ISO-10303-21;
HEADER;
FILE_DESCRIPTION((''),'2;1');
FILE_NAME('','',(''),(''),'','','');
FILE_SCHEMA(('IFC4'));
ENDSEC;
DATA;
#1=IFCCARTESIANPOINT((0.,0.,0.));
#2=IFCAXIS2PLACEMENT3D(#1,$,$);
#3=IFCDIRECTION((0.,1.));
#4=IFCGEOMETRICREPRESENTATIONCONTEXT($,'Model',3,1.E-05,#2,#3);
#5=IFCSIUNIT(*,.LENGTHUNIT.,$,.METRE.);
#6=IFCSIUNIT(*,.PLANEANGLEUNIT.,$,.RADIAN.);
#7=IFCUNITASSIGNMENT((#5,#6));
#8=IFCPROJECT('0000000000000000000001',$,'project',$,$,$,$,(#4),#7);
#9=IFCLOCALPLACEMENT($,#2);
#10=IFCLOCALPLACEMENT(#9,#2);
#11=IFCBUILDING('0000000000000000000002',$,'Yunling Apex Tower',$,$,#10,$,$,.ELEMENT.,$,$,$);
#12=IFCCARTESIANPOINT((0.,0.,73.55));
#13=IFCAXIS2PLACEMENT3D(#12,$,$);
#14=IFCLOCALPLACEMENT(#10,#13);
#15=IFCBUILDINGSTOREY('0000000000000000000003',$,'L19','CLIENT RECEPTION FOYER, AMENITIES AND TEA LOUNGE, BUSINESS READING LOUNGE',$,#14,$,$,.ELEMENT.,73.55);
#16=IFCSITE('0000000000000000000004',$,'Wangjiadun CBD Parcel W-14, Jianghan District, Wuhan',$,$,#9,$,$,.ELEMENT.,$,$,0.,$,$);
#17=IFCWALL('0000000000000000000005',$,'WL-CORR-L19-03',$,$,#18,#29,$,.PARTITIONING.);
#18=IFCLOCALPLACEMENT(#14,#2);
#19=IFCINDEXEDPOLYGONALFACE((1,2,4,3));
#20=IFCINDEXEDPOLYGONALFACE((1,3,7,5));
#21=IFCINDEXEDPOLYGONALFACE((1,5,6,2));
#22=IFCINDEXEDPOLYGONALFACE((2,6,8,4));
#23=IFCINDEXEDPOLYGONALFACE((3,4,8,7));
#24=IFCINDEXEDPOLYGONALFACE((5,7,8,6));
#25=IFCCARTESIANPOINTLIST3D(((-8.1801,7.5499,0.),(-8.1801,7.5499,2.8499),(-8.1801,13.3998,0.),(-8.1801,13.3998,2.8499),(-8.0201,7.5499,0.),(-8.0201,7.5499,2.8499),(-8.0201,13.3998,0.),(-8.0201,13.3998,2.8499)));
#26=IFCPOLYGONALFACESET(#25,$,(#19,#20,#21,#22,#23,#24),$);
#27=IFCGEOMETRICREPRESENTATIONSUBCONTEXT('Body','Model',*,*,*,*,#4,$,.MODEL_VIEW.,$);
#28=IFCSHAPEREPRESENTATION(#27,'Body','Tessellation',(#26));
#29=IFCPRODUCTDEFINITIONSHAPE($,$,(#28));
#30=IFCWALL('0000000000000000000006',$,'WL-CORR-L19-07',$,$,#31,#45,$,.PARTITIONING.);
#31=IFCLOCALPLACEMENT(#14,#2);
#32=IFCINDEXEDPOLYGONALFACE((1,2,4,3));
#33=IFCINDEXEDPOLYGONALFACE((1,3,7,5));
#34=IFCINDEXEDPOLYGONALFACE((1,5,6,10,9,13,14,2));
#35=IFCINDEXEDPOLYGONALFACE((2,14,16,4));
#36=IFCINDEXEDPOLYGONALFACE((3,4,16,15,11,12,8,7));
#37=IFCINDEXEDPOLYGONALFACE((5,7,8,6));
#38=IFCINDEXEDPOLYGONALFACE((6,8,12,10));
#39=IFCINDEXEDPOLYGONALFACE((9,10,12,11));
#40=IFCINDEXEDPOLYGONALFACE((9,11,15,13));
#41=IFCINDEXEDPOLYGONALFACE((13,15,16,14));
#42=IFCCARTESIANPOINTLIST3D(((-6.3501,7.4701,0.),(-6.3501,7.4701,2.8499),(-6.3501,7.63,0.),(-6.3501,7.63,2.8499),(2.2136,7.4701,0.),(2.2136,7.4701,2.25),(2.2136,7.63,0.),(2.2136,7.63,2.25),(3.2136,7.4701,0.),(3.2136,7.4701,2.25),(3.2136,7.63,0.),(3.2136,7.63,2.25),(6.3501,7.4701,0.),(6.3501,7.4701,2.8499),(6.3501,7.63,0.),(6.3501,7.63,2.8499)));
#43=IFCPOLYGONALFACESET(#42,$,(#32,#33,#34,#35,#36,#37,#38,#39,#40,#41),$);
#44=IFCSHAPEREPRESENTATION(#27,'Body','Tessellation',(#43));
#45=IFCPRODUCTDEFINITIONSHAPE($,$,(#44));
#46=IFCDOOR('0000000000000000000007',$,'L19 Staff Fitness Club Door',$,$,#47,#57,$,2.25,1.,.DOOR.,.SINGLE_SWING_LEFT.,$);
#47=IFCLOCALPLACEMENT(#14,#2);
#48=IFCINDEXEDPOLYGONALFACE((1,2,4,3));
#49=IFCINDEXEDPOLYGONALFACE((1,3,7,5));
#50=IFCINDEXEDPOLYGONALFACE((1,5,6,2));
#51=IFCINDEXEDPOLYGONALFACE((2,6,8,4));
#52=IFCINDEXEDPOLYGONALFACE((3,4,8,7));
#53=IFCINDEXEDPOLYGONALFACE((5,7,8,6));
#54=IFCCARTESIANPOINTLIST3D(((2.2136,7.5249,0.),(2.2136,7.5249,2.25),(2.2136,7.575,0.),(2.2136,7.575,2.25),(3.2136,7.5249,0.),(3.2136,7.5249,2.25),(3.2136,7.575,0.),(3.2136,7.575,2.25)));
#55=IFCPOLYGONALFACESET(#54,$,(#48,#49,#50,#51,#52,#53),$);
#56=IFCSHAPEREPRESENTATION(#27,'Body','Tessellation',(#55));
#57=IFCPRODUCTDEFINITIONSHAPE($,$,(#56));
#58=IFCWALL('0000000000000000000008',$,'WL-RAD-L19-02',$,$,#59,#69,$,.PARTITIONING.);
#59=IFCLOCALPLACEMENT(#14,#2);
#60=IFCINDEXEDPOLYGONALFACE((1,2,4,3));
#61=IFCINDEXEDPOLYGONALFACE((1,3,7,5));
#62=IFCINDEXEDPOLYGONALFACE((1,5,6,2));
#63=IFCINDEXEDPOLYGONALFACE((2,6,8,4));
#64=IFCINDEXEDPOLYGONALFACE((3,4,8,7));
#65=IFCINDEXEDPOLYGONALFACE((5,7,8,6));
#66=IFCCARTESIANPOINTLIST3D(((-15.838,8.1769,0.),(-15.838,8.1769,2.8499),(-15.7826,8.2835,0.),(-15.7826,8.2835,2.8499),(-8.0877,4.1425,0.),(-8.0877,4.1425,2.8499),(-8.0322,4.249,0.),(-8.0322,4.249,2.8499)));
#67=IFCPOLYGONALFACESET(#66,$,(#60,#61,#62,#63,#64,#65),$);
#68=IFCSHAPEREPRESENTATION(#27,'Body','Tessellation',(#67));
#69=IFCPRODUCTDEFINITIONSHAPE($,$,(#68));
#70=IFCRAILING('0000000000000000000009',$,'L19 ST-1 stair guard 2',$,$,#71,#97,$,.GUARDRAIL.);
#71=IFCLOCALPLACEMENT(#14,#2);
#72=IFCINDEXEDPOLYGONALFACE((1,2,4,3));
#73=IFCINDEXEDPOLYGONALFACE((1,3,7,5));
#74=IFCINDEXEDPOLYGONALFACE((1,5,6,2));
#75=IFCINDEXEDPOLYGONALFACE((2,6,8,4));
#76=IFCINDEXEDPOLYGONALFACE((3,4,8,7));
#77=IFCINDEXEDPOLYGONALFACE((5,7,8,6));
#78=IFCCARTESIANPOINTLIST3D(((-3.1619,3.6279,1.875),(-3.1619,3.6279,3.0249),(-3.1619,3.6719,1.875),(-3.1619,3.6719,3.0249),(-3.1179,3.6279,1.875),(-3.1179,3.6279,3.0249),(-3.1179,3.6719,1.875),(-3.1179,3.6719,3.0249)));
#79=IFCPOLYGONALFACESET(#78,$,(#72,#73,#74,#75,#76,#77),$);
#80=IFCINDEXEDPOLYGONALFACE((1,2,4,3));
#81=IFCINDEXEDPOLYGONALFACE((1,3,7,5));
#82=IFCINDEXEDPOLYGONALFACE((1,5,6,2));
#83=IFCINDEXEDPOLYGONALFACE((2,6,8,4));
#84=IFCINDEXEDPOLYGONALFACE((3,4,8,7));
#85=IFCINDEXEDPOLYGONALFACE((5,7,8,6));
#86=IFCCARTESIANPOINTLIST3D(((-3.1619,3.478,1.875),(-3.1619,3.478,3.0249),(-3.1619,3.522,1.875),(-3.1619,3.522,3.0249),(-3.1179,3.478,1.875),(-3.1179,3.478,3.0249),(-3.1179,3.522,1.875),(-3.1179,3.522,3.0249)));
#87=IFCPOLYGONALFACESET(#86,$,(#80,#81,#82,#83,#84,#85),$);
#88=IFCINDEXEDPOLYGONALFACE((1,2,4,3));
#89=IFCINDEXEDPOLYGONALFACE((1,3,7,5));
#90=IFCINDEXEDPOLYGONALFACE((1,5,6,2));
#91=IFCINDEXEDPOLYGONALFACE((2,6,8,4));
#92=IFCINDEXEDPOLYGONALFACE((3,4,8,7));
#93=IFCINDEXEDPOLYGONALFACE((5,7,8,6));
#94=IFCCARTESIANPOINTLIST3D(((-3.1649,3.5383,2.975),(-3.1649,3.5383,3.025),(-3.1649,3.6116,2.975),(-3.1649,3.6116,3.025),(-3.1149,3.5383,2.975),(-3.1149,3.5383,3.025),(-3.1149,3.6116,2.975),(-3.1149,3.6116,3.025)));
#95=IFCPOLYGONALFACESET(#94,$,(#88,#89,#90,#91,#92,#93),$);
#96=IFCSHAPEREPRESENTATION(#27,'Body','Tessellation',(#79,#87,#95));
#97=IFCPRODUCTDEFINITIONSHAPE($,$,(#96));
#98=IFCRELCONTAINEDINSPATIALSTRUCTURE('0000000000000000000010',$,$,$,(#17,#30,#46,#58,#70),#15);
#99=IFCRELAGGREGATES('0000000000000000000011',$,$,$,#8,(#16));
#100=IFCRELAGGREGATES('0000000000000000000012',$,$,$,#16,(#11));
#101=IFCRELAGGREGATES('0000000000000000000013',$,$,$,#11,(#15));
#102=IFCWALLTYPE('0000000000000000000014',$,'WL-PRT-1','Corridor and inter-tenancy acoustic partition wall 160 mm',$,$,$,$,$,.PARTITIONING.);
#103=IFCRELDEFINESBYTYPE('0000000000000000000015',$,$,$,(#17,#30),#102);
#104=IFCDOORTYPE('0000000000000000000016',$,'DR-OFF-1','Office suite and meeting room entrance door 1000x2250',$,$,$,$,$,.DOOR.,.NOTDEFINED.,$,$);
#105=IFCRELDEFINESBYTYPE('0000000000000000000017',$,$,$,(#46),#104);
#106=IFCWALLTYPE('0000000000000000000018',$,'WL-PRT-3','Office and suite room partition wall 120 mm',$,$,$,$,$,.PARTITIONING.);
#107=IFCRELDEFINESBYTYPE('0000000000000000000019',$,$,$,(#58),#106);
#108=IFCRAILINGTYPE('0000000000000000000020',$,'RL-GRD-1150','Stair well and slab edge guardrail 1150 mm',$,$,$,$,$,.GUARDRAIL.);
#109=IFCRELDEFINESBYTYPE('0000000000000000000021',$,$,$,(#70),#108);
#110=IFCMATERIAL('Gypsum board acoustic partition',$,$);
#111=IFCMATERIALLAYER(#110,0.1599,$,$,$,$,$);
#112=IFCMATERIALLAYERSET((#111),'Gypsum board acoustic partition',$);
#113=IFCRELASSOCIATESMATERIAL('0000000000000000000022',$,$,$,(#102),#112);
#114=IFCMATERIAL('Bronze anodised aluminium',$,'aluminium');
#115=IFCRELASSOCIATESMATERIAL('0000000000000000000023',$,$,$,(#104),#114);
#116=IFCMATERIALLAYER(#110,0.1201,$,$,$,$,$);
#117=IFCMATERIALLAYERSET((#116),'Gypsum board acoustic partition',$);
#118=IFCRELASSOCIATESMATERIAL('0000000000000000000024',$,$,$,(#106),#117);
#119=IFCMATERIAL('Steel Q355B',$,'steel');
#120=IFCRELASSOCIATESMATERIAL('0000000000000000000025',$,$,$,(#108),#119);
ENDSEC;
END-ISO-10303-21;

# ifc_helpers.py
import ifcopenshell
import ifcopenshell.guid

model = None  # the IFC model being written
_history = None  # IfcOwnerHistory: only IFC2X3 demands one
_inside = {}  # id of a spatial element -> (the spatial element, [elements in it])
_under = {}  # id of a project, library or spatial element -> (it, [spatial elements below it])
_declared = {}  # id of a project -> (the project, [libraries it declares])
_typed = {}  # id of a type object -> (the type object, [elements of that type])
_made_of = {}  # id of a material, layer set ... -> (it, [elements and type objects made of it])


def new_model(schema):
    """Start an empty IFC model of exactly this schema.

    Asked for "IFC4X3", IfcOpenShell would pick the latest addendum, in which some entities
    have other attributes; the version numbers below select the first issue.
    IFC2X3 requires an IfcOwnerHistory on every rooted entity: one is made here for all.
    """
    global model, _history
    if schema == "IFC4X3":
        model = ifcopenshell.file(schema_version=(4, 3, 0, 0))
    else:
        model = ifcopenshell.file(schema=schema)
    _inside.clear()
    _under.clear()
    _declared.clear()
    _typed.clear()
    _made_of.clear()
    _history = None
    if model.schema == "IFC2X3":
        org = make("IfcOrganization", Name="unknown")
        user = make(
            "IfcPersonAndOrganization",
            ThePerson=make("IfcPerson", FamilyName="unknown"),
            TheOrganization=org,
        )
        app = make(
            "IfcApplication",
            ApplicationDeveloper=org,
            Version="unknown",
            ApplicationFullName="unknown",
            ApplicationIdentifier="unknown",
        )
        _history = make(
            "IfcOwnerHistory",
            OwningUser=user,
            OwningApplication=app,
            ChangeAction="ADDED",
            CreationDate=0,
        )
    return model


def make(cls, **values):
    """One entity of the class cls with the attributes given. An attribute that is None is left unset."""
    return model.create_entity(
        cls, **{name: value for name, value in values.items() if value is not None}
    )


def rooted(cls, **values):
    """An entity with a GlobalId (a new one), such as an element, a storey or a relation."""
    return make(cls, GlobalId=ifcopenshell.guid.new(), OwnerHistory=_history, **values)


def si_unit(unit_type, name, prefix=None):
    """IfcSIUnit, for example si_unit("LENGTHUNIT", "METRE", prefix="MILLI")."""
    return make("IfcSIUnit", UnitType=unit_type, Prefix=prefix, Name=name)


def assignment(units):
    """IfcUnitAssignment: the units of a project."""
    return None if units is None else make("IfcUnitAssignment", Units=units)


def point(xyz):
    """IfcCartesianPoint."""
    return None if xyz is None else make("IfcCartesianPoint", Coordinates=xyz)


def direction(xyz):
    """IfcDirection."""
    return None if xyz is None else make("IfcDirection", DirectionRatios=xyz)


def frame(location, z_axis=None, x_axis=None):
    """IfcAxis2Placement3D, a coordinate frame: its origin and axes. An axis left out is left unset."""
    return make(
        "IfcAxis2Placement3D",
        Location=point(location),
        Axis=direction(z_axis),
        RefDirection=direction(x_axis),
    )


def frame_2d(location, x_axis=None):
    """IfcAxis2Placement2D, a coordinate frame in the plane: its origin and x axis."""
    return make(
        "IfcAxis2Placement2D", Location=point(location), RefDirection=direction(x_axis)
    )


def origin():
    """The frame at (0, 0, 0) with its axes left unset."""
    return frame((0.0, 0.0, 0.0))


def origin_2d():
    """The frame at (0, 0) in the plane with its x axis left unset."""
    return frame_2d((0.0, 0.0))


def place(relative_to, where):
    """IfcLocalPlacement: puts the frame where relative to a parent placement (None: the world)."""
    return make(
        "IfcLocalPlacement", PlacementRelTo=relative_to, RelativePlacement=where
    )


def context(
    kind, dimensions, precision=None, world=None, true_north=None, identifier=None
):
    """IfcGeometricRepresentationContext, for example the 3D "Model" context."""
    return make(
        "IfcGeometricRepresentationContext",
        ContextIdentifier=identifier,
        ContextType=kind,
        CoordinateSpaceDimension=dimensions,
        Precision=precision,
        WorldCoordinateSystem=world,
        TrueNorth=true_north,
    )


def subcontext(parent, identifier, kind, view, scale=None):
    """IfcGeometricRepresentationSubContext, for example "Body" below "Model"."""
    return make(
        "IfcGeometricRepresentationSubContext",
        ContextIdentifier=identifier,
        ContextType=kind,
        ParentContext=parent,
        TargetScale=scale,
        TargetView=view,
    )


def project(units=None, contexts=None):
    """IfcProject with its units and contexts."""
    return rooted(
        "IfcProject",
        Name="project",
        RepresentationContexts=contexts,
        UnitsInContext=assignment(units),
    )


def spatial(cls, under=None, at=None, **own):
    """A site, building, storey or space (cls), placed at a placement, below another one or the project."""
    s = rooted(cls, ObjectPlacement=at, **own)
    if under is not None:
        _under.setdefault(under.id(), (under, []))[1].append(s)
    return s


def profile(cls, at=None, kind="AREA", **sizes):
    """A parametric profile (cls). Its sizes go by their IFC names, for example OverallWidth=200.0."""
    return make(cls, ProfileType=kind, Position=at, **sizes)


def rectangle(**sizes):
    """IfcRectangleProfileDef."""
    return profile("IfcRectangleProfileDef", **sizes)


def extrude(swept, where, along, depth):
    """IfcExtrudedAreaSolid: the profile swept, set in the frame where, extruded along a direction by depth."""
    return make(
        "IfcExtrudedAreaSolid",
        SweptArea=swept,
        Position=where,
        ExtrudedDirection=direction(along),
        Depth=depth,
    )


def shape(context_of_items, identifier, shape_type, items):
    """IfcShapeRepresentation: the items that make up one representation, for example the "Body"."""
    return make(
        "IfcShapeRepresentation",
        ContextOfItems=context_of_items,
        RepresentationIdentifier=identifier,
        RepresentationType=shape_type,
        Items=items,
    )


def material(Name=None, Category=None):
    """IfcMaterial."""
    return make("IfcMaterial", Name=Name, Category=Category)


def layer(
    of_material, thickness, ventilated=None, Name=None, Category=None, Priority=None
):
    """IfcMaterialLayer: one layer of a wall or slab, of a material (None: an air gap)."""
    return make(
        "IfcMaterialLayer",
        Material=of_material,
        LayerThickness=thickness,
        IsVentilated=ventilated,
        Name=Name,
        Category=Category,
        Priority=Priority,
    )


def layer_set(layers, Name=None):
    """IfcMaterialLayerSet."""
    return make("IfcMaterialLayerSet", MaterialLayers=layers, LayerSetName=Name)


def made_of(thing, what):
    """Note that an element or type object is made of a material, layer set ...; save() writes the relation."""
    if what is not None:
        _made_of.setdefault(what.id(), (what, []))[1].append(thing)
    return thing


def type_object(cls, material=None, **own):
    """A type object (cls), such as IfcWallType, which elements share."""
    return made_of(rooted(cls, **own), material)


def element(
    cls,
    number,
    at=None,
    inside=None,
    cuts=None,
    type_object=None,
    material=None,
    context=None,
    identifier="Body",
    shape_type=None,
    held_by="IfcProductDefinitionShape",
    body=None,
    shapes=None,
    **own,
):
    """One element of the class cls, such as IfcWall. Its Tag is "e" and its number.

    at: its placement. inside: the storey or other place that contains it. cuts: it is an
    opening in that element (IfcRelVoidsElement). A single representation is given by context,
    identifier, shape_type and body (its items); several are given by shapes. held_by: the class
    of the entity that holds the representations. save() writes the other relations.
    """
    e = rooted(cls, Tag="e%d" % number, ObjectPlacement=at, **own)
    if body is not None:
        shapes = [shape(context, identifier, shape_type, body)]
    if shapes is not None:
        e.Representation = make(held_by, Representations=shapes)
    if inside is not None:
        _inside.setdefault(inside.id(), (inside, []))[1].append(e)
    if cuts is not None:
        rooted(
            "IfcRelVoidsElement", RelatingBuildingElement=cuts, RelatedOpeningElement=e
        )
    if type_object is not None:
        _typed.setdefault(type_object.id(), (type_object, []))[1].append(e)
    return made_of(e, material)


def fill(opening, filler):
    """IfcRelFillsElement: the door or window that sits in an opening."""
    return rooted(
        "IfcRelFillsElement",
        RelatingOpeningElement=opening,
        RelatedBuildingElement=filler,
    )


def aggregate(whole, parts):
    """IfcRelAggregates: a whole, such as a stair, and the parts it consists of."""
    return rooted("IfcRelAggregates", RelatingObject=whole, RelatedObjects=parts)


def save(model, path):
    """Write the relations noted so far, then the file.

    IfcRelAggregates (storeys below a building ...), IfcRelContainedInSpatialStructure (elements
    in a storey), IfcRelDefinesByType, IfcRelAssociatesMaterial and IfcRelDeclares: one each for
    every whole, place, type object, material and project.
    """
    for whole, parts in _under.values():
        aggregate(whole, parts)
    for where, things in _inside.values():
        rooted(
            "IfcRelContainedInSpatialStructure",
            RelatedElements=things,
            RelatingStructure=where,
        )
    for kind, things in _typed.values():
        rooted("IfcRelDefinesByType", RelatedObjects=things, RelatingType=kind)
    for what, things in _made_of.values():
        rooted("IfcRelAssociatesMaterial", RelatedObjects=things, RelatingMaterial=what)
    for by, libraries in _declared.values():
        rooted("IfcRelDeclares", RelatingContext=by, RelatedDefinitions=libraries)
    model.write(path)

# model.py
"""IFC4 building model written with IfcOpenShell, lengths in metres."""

from ifc_helpers import new_model, si_unit, direction, frame, frame_2d, origin, origin_2d, place, context, subcontext, project, spatial, rectangle, extrude, material, layer, layer_set, type_object, element, fill, save


model = new_model("IFC4")

# Units and contexts
model_context = context("Model", 3, precision=1e-05, world=origin(), true_north=direction((0.0, 1.0)))
body_context = subcontext(model_context, "Body", "Model", "MODEL_VIEW")
ifc_project = project(units=[si_unit("LENGTHUNIT", "METRE"), si_unit("PLANEANGLEUNIT", "RADIAN")], contexts=[model_context])

# Site, building, storey
site_placement = place(None, origin())
site = spatial("IfcSite", under=ifc_project, at=site_placement, Name="Wangjiadun CBD Parcel W-14, Jianghan District, Wuhan", CompositionType="ELEMENT", RefElevation=0.0)
building_placement = place(site_placement, origin())
building = spatial("IfcBuilding", under=site, at=building_placement, Name="Yunling Apex Tower", CompositionType="ELEMENT")
storey_placement = place(building_placement, frame((0.0, 0.0, 73.55)))
storey = spatial("IfcBuildingStorey", under=building, at=storey_placement, Name="L19", Description="CLIENT RECEPTION FOYER, AMENITIES AND TEA LOUNGE, BUSINESS READING LOUNGE", CompositionType="ELEMENT", Elevation=73.55)

# Shared definitions
ifc_material_1 = material(Name="Steel Q355B", Category="steel")

# Wall
ifc_material_2 = material(Name="Gypsum board acoustic partition")
ifc_layer_1 = layer(ifc_material_2, 0.1599)
ifc_layer_set_1 = layer_set([ifc_layer_1], Name="Gypsum board acoustic partition")
wall_type_1 = type_object("IfcWallType", Name="WL-PRT-1", Description="Corridor and inter-tenancy acoustic partition wall 160 mm", PredefinedType="PARTITIONING", material=ifc_layer_set_1)
wall_1_placement = place(storey_placement, frame((-8.1001, 7.55, 0.0), z_axis=(0.0, 0.0, 1.0), x_axis=(0.0, 1.0, 0.0)))
element("IfcWall", 1, at=wall_1_placement, inside=storey, type_object=wall_type_1, Name="WL-CORR-L19-03", PredefinedType="PARTITIONING", context=body_context, shape_type="SweptSolid", body=[
    extrude(rectangle(XDim=5.8499, YDim=0.1599, at=frame_2d((2.9248, 0.0))), origin(), (0.0, 0.0, 1.0), 2.8499),
])

# Wall, opening, door
wall_2_placement = place(storey_placement, frame((-6.3501, 7.55, 0.0), z_axis=(0.0, 0.0, 1.0), x_axis=(1.0, 0.0, 0.0)))
wall_2 = element("IfcWall", 2, at=wall_2_placement, inside=storey, type_object=wall_type_1, Name="WL-CORR-L19-07", PredefinedType="PARTITIONING", context=body_context, shape_type="SweptSolid", body=[
    extrude(rectangle(XDim=12.7002, YDim=0.1599, at=frame_2d((6.3501, 0.0))), origin(), (0.0, 0.0, 1.0), 2.8499),
])
opening_1_placement = place(wall_2_placement, frame((8.5637, 0.0, 0.0)))
opening_1 = element("IfcOpeningElement", 3, at=opening_1_placement, cuts=wall_2, PredefinedType="OPENING", context=body_context, shape_type="SweptSolid", body=[
    extrude(rectangle(XDim=1.0, YDim=2.25, at=frame_2d((0.5, 1.125))), frame((0.0, 0.0898, 0.0), z_axis=(0.0, -1.0, 0.0), x_axis=(1.0, 0.0, 0.0)), (0.0, 0.0, 1.0), 0.1799),
])
ifc_material_3 = material(Name="Bronze anodised aluminium", Category="aluminium")
door_type_1 = type_object("IfcDoorType", Name="DR-OFF-1", Description="Office suite and meeting room entrance door 1000x2250", OperationType="NOTDEFINED", PredefinedType="DOOR", material=ifc_material_3)
door_1_placement = place(opening_1_placement, origin())
door_1 = element("IfcDoor", 4, at=door_1_placement, inside=storey, type_object=door_type_1, Name="L19 Staff Fitness Club Door", OperationType="SINGLE_SWING_LEFT", OverallHeight=2.25, OverallWidth=1.0, PredefinedType="DOOR", context=body_context, shape_type="SweptSolid", body=[
    extrude(rectangle(XDim=1.0, YDim=2.25, at=frame_2d((0.5, 1.125))), frame((0.0, 0.0249, 0.0), z_axis=(0.0, -1.0, 0.0), x_axis=(1.0, 0.0, 0.0)), (0.0, 0.0, 1.0), 0.05),
])
fill(opening_1, door_1)

# Wall
ifc_layer_2 = layer(ifc_material_2, 0.1201)
ifc_layer_set_2 = layer_set([ifc_layer_2], Name="Gypsum board acoustic partition")
wall_type_2 = type_object("IfcWallType", Name="WL-PRT-3", Description="Office and suite room partition wall 120 mm", PredefinedType="PARTITIONING", material=ifc_layer_set_2)
wall_3_placement = place(storey_placement, frame((-8.0601, 4.1958, 0.0), z_axis=(0.0, 0.0, 1.0), x_axis=(-0.887015, 0.46174, 0.0)))
element("IfcWall", 5, at=wall_3_placement, inside=storey, type_object=wall_type_2, Name="WL-RAD-L19-02", PredefinedType="PARTITIONING", context=body_context, shape_type="SweptSolid", body=[
    extrude(rectangle(XDim=8.7375, YDim=0.1201, at=frame_2d((4.3687, 0.0))), origin(), (0.0, 0.0, 1.0), 2.8499),
])

# Railing
railing_type = type_object("IfcRailingType", Name="RL-GRD-1150", Description="Stair well and slab edge guardrail 1150 mm", PredefinedType="GUARDRAIL", material=ifc_material_1)
railing_placement = place(storey_placement, frame((-3.1399, 3.6499, 1.875)))
element("IfcRailing", 6, at=railing_placement, inside=storey, type_object=railing_type, Name="L19 ST-1 stair guard 2", PredefinedType="GUARDRAIL", context=body_context, shape_type="SweptSolid", body=[
    extrude(rectangle(XDim=0.0439, YDim=0.0439, at=origin_2d()), origin(), (0.0, 0.0, 1.0), 1.1499),
    extrude(rectangle(XDim=0.0439, YDim=0.0439, at=origin_2d()), frame((0.0, -0.1499, 0.0)), (0.0, 0.0, 1.0), 1.1499),
    extrude(rectangle(XDim=0.05, YDim=0.05, at=origin_2d()), frame((0.0, -0.0383, 1.125), z_axis=(0.0, -1.0, 0.0), x_axis=(1.0, 0.0, 0.0)), (0.0, 0.0, 1.0), 0.0732),
])

save(model, "model.ifc")
